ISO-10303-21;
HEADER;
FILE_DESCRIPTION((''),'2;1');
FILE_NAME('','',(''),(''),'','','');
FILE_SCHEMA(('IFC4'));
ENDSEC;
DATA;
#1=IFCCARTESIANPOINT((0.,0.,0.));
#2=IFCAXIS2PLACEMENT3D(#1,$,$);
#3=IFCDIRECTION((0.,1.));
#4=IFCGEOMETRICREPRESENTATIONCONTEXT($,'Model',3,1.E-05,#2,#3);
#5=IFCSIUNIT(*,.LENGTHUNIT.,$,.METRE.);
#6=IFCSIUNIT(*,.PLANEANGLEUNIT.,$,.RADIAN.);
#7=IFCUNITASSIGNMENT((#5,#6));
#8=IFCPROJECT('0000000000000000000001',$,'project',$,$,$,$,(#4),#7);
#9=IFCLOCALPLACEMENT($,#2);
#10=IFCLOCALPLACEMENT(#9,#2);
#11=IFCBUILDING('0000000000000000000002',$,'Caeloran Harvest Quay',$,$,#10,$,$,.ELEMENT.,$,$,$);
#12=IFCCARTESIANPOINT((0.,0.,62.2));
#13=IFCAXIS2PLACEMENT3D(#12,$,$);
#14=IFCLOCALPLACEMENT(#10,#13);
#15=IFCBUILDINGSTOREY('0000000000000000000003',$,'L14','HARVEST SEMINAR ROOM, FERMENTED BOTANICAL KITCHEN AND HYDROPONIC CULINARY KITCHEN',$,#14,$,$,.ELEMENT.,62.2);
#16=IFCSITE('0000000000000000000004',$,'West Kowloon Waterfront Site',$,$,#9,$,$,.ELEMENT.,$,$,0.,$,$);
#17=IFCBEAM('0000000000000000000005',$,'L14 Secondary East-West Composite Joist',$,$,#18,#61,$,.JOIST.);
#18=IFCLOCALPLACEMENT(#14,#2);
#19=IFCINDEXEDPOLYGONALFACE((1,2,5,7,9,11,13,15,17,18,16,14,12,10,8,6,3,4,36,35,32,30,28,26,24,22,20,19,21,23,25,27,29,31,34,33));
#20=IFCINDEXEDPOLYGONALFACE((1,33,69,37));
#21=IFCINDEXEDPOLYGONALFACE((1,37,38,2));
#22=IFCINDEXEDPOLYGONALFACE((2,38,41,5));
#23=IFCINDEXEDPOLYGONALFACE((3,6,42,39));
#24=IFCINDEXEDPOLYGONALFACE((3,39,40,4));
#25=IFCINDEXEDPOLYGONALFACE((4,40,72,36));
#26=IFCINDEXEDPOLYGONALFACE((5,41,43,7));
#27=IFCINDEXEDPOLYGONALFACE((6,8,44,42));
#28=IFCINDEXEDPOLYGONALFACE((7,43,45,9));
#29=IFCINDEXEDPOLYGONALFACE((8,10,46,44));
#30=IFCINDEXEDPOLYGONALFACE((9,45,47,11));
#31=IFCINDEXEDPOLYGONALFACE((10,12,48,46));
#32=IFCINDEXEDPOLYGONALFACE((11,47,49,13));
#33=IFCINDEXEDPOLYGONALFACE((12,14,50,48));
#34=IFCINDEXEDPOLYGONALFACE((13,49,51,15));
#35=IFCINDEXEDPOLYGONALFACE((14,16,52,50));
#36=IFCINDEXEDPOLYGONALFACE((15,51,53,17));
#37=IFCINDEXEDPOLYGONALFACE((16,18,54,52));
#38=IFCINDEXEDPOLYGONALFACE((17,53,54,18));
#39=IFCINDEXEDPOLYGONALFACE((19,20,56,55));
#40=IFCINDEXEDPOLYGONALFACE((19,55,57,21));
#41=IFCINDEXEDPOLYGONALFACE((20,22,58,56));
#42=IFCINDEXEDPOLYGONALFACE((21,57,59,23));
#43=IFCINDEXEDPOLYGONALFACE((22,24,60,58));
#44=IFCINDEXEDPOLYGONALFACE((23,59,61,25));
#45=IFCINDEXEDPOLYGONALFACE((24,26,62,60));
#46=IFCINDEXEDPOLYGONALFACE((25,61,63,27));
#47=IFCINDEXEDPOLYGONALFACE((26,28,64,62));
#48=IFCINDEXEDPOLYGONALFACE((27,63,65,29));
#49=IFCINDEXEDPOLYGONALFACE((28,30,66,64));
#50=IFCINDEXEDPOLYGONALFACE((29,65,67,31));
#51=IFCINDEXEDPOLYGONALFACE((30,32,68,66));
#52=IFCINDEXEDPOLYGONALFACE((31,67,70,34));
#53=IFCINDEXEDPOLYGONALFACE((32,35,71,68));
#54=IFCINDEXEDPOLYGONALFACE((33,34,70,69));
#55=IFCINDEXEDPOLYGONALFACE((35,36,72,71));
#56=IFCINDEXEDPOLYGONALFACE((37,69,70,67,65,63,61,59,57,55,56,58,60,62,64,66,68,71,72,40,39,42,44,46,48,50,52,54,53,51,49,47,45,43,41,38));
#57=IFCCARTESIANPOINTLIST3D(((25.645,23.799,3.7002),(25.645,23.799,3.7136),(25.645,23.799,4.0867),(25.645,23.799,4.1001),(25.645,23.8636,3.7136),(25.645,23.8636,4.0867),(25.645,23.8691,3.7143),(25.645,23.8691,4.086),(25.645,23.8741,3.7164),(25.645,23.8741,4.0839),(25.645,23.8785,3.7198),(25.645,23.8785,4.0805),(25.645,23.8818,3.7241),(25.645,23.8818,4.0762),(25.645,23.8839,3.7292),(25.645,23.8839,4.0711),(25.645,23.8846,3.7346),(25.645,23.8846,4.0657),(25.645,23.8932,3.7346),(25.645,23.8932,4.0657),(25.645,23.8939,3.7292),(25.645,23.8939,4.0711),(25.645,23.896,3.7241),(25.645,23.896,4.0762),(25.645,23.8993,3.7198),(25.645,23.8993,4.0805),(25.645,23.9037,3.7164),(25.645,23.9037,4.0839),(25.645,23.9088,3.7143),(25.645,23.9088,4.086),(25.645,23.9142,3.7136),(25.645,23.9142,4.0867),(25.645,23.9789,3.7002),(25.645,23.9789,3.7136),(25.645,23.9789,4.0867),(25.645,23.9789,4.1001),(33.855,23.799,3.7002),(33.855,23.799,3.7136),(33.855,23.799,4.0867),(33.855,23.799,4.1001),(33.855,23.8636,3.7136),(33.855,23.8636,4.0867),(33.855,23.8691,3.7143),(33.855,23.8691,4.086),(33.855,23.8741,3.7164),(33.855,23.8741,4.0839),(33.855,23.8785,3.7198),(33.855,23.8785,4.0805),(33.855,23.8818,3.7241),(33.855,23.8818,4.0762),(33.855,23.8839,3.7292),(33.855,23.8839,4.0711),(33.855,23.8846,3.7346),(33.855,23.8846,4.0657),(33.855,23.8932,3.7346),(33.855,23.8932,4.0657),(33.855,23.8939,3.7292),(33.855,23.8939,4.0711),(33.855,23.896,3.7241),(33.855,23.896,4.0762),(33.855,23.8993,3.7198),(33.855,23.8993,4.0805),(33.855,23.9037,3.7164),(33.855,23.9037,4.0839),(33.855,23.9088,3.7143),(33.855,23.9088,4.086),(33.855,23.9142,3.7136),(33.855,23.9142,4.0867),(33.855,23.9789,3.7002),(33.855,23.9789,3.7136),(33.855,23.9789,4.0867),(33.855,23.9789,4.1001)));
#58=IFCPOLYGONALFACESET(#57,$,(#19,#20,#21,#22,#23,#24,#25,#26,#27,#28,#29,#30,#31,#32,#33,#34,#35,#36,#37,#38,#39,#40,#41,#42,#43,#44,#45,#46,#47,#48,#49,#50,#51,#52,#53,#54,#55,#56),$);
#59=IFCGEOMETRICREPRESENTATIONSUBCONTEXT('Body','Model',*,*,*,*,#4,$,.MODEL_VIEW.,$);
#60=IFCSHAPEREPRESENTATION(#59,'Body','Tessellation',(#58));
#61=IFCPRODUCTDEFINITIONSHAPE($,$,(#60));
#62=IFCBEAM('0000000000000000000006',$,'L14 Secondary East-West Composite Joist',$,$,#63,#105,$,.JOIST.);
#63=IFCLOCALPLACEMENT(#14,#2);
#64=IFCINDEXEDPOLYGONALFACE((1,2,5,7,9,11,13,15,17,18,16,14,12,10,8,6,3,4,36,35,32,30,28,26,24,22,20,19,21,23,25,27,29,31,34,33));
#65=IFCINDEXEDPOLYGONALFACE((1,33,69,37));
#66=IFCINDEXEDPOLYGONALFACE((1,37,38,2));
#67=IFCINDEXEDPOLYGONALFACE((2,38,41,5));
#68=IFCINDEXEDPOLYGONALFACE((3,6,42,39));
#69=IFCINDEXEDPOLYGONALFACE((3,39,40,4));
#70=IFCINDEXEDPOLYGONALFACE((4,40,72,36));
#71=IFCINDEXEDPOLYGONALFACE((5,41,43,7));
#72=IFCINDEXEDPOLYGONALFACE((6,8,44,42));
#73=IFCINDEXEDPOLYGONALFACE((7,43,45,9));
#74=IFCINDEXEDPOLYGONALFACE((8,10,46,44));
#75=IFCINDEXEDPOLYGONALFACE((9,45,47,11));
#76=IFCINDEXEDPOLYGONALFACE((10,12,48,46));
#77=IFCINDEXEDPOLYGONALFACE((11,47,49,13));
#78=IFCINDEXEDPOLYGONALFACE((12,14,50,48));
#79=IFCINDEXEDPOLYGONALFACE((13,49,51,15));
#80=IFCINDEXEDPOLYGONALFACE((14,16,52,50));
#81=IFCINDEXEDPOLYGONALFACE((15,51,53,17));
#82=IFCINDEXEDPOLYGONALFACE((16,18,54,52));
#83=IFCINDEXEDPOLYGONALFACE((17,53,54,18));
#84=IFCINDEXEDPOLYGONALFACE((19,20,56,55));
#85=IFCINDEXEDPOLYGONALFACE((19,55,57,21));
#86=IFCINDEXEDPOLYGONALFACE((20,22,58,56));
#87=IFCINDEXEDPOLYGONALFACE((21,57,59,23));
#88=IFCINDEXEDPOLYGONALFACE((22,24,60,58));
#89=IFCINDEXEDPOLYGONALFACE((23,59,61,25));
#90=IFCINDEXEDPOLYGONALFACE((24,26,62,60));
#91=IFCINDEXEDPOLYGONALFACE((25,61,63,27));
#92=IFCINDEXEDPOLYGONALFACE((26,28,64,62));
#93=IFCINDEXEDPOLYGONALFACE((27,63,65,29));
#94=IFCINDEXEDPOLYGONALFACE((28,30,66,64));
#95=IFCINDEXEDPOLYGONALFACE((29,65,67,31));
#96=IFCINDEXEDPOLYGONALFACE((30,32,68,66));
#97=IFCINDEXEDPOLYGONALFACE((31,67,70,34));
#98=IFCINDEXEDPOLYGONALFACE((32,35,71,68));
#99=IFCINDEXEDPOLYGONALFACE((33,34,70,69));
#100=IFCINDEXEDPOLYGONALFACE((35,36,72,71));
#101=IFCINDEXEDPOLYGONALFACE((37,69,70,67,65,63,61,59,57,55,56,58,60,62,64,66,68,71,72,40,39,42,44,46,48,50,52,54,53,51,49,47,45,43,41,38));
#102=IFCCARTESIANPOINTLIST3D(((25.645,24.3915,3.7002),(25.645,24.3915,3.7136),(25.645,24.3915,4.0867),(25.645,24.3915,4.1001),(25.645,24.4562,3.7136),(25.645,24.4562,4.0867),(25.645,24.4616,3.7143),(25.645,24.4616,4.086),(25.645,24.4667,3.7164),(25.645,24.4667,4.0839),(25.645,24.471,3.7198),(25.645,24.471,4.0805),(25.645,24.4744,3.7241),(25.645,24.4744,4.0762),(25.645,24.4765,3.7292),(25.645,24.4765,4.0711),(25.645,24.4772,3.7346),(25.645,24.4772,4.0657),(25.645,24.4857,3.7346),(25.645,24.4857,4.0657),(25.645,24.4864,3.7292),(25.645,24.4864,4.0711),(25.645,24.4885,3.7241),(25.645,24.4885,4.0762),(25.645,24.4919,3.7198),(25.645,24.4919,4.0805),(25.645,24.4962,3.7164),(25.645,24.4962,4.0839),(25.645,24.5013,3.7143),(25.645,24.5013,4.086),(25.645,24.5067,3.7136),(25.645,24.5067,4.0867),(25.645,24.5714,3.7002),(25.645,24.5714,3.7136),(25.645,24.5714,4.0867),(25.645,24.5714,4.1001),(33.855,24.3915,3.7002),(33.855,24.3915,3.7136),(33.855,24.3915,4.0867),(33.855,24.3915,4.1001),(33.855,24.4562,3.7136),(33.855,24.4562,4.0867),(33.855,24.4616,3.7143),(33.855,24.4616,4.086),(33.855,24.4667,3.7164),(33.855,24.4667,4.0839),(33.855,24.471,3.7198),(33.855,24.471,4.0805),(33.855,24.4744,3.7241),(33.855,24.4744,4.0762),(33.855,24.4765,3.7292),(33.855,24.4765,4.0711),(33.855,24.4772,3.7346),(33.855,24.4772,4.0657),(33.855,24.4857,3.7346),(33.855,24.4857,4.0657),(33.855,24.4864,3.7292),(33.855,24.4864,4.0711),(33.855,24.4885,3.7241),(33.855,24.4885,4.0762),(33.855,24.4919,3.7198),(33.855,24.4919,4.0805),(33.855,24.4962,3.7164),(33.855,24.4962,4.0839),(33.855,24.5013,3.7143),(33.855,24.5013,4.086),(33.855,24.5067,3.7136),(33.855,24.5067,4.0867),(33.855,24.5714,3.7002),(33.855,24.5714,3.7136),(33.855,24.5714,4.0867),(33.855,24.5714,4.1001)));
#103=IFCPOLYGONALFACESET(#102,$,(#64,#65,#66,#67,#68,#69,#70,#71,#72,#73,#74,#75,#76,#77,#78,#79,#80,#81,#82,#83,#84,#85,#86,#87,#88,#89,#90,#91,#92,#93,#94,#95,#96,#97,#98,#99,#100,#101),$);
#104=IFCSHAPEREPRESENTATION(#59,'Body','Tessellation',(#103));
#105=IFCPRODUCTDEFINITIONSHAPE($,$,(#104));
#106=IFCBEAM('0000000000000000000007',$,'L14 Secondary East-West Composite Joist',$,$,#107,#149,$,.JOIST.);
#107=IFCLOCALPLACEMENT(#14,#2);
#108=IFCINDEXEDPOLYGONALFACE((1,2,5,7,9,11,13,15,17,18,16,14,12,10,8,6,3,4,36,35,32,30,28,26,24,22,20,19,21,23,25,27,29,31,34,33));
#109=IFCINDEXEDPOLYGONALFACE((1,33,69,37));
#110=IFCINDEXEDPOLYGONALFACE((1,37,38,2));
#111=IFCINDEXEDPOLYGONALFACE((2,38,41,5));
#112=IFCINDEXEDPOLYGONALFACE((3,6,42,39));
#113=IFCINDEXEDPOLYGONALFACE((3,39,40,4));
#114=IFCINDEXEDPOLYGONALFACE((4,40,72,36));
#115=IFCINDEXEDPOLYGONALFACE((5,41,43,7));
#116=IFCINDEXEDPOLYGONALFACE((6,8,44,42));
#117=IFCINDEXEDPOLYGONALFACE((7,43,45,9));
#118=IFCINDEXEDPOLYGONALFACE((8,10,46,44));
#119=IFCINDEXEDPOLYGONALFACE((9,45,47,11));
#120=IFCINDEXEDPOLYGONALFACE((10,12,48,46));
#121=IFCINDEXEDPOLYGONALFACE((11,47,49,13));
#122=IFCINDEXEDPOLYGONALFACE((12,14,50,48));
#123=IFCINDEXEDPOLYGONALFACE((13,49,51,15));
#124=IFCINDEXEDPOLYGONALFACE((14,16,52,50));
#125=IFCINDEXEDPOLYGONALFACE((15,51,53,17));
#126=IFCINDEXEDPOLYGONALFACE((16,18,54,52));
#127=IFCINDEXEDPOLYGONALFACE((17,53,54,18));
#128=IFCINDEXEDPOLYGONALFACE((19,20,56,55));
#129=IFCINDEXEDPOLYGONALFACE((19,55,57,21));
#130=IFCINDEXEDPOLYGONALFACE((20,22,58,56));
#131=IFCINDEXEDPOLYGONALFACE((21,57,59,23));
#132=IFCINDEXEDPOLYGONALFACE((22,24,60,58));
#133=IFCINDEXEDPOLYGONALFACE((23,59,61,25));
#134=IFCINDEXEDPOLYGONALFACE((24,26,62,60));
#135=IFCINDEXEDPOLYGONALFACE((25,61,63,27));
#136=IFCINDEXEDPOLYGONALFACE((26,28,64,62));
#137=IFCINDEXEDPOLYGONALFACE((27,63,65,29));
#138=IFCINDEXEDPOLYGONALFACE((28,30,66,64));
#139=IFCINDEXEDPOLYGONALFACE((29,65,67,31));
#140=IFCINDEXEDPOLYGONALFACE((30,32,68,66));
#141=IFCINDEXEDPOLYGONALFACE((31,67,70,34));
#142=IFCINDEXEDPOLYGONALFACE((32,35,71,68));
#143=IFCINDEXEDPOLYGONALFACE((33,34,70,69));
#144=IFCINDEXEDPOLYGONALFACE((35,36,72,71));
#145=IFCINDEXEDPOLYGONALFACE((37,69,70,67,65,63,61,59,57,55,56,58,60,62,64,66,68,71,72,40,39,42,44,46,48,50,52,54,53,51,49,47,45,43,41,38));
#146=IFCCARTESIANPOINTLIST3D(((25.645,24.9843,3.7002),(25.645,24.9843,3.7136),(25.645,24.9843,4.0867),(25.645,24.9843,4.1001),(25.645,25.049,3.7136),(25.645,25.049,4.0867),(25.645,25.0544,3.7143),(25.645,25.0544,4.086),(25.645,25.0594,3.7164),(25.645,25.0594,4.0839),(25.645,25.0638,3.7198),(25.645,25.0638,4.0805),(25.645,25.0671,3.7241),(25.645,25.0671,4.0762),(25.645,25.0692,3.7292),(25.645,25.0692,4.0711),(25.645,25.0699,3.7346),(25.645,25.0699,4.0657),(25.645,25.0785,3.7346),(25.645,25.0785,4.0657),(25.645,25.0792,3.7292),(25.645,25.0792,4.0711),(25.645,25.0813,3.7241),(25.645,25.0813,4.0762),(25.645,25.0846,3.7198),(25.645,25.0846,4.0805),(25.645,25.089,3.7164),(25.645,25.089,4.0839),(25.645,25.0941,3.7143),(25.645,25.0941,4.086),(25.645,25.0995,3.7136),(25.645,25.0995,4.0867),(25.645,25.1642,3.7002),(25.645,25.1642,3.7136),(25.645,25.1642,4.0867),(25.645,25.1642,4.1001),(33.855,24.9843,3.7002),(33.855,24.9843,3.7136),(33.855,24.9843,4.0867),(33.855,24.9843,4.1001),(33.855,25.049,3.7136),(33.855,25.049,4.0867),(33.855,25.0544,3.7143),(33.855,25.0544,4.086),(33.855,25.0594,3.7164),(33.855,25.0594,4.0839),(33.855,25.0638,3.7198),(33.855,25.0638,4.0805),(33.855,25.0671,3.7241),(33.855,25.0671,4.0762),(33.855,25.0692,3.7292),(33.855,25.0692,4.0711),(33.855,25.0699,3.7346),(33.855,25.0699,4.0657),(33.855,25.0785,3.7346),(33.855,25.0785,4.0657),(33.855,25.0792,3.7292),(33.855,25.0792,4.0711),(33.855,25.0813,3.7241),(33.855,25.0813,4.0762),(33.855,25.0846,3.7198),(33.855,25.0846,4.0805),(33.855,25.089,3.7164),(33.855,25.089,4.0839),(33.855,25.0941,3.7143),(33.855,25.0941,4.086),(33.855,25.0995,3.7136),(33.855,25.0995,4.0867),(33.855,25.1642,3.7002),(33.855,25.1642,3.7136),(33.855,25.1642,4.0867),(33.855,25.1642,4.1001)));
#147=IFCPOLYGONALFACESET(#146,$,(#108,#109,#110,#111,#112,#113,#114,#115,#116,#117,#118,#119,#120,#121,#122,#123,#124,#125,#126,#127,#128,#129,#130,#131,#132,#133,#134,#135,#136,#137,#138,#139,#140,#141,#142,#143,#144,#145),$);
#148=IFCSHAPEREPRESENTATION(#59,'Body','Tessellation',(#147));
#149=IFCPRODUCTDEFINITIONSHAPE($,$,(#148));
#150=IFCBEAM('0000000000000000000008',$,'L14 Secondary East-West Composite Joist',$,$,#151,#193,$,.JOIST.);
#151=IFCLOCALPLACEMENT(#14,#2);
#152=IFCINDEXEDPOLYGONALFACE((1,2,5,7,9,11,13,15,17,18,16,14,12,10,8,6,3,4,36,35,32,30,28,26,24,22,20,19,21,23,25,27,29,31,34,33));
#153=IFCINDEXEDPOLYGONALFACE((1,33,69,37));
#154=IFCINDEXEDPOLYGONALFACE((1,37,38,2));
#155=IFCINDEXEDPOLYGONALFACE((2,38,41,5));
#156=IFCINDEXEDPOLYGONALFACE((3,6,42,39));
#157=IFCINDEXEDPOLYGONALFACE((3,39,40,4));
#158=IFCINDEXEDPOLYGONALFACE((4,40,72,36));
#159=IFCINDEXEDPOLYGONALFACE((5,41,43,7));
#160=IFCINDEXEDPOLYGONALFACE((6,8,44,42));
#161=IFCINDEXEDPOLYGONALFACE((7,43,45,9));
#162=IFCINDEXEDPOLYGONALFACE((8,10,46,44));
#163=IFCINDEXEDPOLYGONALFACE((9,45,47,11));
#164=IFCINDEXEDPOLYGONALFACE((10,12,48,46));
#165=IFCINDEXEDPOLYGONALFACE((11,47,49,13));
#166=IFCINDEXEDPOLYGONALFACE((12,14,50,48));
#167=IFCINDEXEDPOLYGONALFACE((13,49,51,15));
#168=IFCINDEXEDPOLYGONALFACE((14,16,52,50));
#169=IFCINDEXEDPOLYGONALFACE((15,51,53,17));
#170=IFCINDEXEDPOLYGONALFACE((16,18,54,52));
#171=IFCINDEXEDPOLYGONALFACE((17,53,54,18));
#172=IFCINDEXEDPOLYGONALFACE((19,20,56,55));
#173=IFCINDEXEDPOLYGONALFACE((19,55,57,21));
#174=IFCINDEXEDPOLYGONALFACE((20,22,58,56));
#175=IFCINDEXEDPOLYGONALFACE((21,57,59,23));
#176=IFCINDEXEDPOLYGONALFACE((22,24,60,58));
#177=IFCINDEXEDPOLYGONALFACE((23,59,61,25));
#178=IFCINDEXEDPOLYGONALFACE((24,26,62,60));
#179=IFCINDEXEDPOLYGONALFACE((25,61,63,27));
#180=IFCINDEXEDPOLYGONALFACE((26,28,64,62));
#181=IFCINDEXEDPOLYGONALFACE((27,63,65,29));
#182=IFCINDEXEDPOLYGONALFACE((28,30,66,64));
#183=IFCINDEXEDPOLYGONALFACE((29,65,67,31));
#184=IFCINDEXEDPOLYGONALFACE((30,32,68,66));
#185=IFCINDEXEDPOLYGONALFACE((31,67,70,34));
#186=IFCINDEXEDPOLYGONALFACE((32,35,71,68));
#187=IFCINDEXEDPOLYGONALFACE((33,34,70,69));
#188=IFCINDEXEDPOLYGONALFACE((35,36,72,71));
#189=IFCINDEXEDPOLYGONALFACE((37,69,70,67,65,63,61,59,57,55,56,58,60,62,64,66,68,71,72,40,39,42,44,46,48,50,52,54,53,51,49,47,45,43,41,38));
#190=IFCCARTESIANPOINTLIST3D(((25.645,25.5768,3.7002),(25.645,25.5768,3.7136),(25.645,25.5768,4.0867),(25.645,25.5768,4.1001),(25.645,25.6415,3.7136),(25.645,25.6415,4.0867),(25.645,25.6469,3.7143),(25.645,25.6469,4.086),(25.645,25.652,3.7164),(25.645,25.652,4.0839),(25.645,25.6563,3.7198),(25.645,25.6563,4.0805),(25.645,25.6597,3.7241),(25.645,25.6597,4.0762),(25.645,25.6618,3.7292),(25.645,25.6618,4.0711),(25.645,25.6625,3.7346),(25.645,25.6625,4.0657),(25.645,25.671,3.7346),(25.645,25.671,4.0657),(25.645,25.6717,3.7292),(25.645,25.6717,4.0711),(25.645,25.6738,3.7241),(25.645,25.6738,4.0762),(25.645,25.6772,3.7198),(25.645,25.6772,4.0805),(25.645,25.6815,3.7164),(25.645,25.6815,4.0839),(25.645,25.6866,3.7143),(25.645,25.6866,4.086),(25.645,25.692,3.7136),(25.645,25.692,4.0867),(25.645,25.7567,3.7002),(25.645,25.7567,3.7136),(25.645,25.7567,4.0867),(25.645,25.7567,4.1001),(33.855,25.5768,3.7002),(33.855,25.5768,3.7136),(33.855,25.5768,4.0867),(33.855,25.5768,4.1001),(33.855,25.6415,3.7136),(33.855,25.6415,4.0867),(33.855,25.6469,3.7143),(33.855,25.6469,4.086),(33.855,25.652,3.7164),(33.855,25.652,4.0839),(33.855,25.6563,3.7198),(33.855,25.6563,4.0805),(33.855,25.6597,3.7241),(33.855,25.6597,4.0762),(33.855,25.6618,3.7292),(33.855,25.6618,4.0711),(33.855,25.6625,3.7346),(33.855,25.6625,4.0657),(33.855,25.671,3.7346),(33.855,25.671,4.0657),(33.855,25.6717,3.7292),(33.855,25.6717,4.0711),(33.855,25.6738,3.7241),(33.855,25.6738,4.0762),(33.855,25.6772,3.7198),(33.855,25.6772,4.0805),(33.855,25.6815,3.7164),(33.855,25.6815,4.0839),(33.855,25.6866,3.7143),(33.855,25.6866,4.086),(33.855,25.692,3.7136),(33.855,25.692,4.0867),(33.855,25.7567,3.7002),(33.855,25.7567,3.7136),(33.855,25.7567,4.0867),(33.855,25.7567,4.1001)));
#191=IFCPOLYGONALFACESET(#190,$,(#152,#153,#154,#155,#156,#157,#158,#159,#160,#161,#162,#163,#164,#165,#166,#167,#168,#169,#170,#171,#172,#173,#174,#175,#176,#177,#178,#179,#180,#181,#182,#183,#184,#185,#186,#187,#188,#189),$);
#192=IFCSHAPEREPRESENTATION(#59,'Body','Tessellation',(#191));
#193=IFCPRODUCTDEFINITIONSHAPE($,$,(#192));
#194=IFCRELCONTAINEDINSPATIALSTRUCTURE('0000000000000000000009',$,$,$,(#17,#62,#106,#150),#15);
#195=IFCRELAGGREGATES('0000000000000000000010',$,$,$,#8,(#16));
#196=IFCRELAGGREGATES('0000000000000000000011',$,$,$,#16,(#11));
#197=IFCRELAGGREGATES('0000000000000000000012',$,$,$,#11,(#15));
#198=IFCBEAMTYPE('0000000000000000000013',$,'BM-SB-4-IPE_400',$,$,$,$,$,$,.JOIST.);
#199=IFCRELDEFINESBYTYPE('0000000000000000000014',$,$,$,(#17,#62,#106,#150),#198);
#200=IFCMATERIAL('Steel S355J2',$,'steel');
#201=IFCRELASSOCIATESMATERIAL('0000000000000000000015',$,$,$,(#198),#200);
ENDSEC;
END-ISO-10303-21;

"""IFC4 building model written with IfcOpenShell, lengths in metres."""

from ifc_helpers import new_model, si_unit, direction, frame, origin, origin_2d, place, context, subcontext, project, spatial, i_section, extrude, material, material_profile, profile_set, type_object, element, save


model = new_model("IFC4")

# Units and contexts
model_context = context("Model", 3, precision=1e-05, world=origin(), true_north=direction((0.0, 1.0)))
body_context = subcontext(model_context, "Body", "Model", "MODEL_VIEW")
ifc_project = project(units=[si_unit("LENGTHUNIT", "METRE"), si_unit("PLANEANGLEUNIT", "RADIAN")], contexts=[model_context])

# Site, building, storey
site_placement = place(None, origin())
site = spatial("IfcSite", under=ifc_project, at=site_placement, Name="West Kowloon Waterfront Site", CompositionType="ELEMENT", RefElevation=0.0)
building_placement = place(site_placement, origin())
building = spatial("IfcBuilding", under=site, at=building_placement, Name="Caeloran Harvest Quay", CompositionType="ELEMENT")
storey_placement = place(building_placement, frame((0.0, 0.0, 62.2)))
storey = spatial("IfcBuildingStorey", under=building, at=storey_placement, Name="L14", Description="HARVEST SEMINAR ROOM, FERMENTED BOTANICAL KITCHEN AND HYDROPONIC CULINARY KITCHEN", CompositionType="ELEMENT", Elevation=62.2)

# Beams
ifc_material_1 = material(Name="Steel S355J2", Category="steel")
ifc_material_profile_1 = material_profile(ifc_material_1, i_section(OverallWidth=0.1799, OverallDepth=0.3999, WebThickness=0.0085, FlangeThickness=0.0134, FilletRadius=0.021, at=origin_2d()), Name="IPE 400")
ifc_profile_set_1 = profile_set([ifc_material_profile_1], Name="Steel S355J2")
beam_type_1 = type_object("IfcBeamType", Name="BM-SB-4-IPE_400", PredefinedType="JOIST", material=ifc_profile_set_1)
for number, where, z_axis, x_axis, name in (
    (1, (25.645, 23.8889, 3.9001), (1.0, 0.0, 0.0), (0.0, 1.0, 0.0), "L14 Secondary East-West Composite Joist"),
    (2, (25.645, 24.4814, 3.9001), (1.0, 0.0, 0.0), (0.0, 1.0, 0.0), "L14 Secondary East-West Composite Joist"),
    (3, (25.645, 25.0742, 3.9001), (1.0, 0.0, 0.0), (0.0, 1.0, 0.0), "L14 Secondary East-West Composite Joist"),
    (4, (25.645, 25.6667, 3.9001), (1.0, 0.0, 0.0), (0.0, 1.0, 0.0), "L14 Secondary East-West Composite Joist"),
):
    element("IfcBeam", number, at=place(storey_placement, frame(where, z_axis=z_axis, x_axis=x_axis)), inside=storey, type_object=beam_type_1, Name=name, PredefinedType="JOIST", context=body_context, shape_type="SweptSolid", body=[
        extrude(i_section(OverallWidth=0.1799, OverallDepth=0.3999, WebThickness=0.0085, FlangeThickness=0.0134, FilletRadius=0.021, at=origin_2d()), origin(), (0.0, 0.0, 1.0), 8.21),
    ])

save(model, "model.ifc")
